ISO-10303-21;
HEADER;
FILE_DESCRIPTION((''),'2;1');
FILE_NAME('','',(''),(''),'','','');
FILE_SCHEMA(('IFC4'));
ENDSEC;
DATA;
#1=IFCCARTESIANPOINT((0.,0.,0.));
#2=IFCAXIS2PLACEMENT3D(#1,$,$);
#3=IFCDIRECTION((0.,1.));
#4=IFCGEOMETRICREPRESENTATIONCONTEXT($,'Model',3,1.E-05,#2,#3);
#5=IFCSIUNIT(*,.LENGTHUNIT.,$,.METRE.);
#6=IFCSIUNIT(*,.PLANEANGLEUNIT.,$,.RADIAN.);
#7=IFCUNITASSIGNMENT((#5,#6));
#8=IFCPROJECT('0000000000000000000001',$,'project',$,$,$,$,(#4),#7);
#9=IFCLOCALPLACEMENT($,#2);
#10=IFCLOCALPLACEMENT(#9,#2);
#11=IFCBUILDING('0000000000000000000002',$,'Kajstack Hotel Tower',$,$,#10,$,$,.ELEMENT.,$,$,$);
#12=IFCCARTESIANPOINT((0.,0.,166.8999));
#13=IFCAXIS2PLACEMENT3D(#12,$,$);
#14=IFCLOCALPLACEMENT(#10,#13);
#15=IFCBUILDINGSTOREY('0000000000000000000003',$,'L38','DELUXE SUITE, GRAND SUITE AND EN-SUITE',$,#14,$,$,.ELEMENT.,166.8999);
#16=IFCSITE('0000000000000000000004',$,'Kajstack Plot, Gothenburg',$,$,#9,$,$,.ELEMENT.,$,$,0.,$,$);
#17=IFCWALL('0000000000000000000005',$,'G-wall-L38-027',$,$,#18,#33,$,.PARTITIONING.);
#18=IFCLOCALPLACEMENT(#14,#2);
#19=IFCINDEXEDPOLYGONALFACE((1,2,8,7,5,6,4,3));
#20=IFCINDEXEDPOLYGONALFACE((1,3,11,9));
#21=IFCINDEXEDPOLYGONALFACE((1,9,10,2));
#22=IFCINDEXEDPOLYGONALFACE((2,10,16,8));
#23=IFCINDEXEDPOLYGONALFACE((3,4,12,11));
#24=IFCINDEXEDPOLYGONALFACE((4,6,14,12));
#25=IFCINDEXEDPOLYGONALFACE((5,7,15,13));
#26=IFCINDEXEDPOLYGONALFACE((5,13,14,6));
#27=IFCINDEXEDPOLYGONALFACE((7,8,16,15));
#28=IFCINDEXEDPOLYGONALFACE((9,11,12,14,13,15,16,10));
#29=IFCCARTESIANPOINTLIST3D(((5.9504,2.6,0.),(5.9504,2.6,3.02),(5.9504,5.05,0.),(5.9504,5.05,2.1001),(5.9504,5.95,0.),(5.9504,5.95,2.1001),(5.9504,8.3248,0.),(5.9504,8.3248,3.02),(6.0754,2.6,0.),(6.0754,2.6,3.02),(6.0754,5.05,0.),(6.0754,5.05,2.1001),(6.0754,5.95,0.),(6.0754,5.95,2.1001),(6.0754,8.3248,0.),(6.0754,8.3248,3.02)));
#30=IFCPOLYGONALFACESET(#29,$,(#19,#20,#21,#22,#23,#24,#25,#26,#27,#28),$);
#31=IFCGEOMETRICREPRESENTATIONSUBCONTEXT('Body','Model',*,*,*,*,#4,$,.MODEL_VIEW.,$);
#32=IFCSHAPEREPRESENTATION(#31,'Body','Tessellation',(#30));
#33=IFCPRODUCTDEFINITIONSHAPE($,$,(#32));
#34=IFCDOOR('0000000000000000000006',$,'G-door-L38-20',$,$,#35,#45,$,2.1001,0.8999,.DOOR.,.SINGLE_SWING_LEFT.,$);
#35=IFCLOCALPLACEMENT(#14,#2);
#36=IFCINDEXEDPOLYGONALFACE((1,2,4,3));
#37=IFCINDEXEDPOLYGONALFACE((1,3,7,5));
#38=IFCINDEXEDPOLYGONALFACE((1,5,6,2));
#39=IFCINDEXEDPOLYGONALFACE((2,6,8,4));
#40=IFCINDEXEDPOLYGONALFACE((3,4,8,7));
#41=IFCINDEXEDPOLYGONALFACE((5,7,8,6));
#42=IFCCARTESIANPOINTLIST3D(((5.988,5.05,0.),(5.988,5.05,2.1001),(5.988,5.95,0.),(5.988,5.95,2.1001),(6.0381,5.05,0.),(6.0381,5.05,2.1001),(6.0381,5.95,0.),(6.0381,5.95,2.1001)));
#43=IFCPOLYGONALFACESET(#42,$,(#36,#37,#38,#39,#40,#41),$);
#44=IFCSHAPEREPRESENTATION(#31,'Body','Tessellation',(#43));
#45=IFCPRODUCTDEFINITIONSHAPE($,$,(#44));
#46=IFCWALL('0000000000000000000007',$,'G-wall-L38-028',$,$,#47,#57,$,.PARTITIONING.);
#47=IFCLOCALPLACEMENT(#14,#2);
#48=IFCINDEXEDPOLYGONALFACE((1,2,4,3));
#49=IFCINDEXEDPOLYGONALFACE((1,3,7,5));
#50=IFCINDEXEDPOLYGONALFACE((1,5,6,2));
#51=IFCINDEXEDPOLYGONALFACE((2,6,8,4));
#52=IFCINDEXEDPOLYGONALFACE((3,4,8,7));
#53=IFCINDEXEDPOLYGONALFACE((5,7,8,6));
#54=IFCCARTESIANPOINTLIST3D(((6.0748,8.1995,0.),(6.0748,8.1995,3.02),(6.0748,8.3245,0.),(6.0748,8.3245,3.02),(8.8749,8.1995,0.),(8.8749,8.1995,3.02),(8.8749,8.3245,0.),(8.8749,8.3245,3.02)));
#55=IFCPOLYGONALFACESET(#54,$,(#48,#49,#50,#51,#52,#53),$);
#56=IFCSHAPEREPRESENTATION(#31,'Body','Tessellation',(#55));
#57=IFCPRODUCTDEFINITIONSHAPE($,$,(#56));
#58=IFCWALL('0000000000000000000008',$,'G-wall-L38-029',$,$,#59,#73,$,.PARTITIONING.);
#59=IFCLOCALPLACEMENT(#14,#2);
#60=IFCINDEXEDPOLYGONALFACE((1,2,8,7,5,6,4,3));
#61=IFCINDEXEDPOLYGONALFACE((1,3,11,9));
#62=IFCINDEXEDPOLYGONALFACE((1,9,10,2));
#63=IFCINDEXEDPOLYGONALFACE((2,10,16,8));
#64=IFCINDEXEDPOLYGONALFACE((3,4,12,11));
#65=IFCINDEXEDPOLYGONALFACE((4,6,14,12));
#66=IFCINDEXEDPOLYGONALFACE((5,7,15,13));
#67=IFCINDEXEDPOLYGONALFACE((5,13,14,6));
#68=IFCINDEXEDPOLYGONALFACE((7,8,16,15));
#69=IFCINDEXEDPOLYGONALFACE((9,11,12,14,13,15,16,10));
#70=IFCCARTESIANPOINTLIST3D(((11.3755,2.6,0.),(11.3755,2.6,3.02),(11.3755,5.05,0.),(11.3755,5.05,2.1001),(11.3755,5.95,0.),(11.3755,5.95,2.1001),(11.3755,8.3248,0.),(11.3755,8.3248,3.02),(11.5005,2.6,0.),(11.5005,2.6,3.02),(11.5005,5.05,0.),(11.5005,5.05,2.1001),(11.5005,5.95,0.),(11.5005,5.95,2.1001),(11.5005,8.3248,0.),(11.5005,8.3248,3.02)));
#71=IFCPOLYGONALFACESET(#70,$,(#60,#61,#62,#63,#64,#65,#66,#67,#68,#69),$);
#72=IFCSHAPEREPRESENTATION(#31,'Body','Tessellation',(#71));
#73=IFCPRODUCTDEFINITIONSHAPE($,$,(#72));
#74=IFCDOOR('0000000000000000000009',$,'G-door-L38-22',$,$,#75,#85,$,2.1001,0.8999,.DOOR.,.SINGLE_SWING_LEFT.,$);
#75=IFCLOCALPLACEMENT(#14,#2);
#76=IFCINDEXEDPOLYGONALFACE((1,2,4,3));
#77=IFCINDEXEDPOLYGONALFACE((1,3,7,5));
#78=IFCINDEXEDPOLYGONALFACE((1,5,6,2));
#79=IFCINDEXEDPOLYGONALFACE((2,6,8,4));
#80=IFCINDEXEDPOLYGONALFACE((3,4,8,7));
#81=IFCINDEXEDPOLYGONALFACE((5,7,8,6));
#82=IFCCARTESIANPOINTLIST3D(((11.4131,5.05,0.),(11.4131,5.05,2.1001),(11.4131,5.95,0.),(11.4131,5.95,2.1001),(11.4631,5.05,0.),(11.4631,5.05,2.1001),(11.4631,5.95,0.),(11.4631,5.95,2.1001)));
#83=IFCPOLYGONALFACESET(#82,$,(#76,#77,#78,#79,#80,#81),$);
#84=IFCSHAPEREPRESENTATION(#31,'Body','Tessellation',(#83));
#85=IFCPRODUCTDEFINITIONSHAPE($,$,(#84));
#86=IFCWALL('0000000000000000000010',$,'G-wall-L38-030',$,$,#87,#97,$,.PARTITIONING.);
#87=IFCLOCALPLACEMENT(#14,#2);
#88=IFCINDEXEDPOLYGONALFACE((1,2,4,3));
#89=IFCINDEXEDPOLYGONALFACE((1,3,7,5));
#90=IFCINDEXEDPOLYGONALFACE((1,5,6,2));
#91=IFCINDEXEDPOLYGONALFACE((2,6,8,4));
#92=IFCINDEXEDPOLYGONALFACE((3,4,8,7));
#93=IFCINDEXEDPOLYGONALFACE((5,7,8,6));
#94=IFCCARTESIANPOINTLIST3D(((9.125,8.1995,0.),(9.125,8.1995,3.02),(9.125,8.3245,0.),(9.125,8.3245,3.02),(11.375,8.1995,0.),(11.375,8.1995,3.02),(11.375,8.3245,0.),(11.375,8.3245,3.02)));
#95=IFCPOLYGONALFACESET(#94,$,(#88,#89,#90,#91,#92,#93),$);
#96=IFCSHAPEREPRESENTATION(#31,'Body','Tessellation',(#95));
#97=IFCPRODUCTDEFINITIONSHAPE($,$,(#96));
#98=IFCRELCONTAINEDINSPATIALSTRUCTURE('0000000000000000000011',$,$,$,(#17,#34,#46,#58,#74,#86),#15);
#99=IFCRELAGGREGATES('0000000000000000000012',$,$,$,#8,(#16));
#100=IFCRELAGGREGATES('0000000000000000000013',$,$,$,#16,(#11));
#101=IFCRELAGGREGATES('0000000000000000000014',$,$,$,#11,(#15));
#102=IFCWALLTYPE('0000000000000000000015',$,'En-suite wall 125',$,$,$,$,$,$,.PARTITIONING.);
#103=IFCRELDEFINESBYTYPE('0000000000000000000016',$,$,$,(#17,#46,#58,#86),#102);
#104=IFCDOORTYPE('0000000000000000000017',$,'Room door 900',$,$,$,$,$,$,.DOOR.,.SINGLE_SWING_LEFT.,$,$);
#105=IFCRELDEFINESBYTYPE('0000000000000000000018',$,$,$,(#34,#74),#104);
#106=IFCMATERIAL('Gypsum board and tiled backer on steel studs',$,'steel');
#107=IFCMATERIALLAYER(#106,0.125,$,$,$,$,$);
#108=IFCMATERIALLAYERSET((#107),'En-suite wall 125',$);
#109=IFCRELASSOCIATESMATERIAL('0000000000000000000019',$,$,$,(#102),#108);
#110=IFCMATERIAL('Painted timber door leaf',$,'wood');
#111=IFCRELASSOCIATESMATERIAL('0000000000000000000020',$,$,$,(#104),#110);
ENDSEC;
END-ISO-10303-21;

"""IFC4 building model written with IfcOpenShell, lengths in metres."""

from ifc_helpers import new_model, si_unit, direction, frame, frame_2d, origin, place, context, subcontext, project, spatial, rectangle, extrude, material, layer, layer_set, type_object, element, fill, save


model = new_model("IFC4")

# Units and contexts
model_context = context("Model", 3, precision=1e-05, world=origin(), true_north=direction((0.0, 1.0)))
body_context = subcontext(model_context, "Body", "Model", "MODEL_VIEW")
ifc_project = project(units=[si_unit("LENGTHUNIT", "METRE"), si_unit("PLANEANGLEUNIT", "RADIAN")], contexts=[model_context])

# Site, building, storey
site_placement = place(None, origin())
site = spatial("IfcSite", under=ifc_project, at=site_placement, Name="Kajstack Plot, Gothenburg", CompositionType="ELEMENT", RefElevation=0.0)
building_placement = place(site_placement, origin())
building = spatial("IfcBuilding", under=site, at=building_placement, Name="Kajstack Hotel Tower", CompositionType="ELEMENT")
storey_placement = place(building_placement, frame((0.0, 0.0, 166.8999)))
storey = spatial("IfcBuildingStorey", under=building, at=storey_placement, Name="L38", Description="DELUXE SUITE, GRAND SUITE AND EN-SUITE", CompositionType="ELEMENT", Elevation=166.8999)

# Wall, opening, door
ifc_material_1 = material(Name="Gypsum board and tiled backer on steel studs", Category="steel")
ifc_layer_1 = layer(ifc_material_1, 0.125)
ifc_layer_set_1 = layer_set([ifc_layer_1], Name="En-suite wall 125")
wall_type_1 = type_object("IfcWallType", Name="En-suite wall 125", PredefinedType="PARTITIONING", material=ifc_layer_set_1)
wall_1_placement = place(storey_placement, frame((6.0129, 2.6001, 0.0), z_axis=(0.0, 0.0, 1.0), x_axis=(0.0, 1.0, 0.0)))
wall_1 = element("IfcWall", 1, at=wall_1_placement, inside=storey, type_object=wall_type_1, Name="G-wall-L38-027", PredefinedType="PARTITIONING", context=body_context, shape_type="SweptSolid", body=[
    extrude(rectangle(XDim=5.7249, YDim=0.125, at=frame_2d((2.8623, 0.0))), origin(), (0.0, 0.0, 1.0), 3.02),
])
opening_1_placement = place(wall_1_placement, frame((2.45, 0.0, 0.0)))
opening_1 = element("IfcOpeningElement", 2, at=opening_1_placement, cuts=wall_1, PredefinedType="OPENING", context=body_context, shape_type="SweptSolid", body=[
    extrude(rectangle(XDim=0.8999, YDim=2.1001, at=frame_2d((0.45, 1.05))), frame((0.0, 0.0725, 0.0), z_axis=(0.0, -1.0, 0.0), x_axis=(1.0, 0.0, 0.0)), (0.0, 0.0, 1.0), 0.145),
])
ifc_material_2 = material(Name="Painted timber door leaf", Category="wood")
door_type_1 = type_object("IfcDoorType", Name="Room door 900", OperationType="SINGLE_SWING_LEFT", PredefinedType="DOOR", material=ifc_material_2)
door_1_placement = place(opening_1_placement, origin())
door_1 = element("IfcDoor", 3, at=door_1_placement, inside=storey, type_object=door_type_1, Name="G-door-L38-20", OperationType="SINGLE_SWING_LEFT", OverallHeight=2.1001, OverallWidth=0.8999, PredefinedType="DOOR", context=body_context, shape_type="SweptSolid", body=[
    extrude(rectangle(XDim=0.8999, YDim=2.1001, at=frame_2d((0.45, 1.05))), frame((0.0, 0.0249, 0.0), z_axis=(0.0, -1.0, 0.0), x_axis=(1.0, 0.0, 0.0)), (0.0, 0.0, 1.0), 0.05),
])
fill(opening_1, door_1)

# Wall
wall_2_placement = place(storey_placement, frame((6.075, 8.262, 0.0), z_axis=(0.0, 0.0, 1.0), x_axis=(1.0, 0.0, 0.0)))
element("IfcWall", 4, at=wall_2_placement, inside=storey, type_object=wall_type_1, Name="G-wall-L38-028", PredefinedType="PARTITIONING", context=body_context, shape_type="SweptSolid", body=[
    extrude(rectangle(XDim=2.8, YDim=0.125, at=frame_2d((1.3999, 0.0))), origin(), (0.0, 0.0, 1.0), 3.02),
])

# Wall, opening, door
wall_3_placement = place(storey_placement, frame((11.438, 2.6001, 0.0), z_axis=(0.0, 0.0, 1.0), x_axis=(0.0, 1.0, 0.0)))
wall_3 = element("IfcWall", 5, at=wall_3_placement, inside=storey, type_object=wall_type_1, Name="G-wall-L38-029", PredefinedType="PARTITIONING", context=body_context, shape_type="SweptSolid", body=[
    extrude(rectangle(XDim=5.7249, YDim=0.125, at=frame_2d((2.8623, 0.0))), origin(), (0.0, 0.0, 1.0), 3.02),
])
opening_2_placement = place(wall_3_placement, frame((2.45, 0.0, 0.0)))
opening_2 = element("IfcOpeningElement", 6, at=opening_2_placement, cuts=wall_3, PredefinedType="OPENING", context=body_context, shape_type="SweptSolid", body=[
    extrude(rectangle(XDim=0.8999, YDim=2.1001, at=frame_2d((0.45, 1.05))), frame((0.0, 0.0725, 0.0), z_axis=(0.0, -1.0, 0.0), x_axis=(1.0, 0.0, 0.0)), (0.0, 0.0, 1.0), 0.145),
])
door_2_placement = place(opening_2_placement, origin())
door_2 = element("IfcDoor", 7, at=door_2_placement, inside=storey, type_object=door_type_1, Name="G-door-L38-22", OperationType="SINGLE_SWING_LEFT", OverallHeight=2.1001, OverallWidth=0.8999, PredefinedType="DOOR", context=body_context, shape_type="SweptSolid", body=[
    extrude(rectangle(XDim=0.8999, YDim=2.1001, at=frame_2d((0.45, 1.05))), frame((0.0, 0.0249, 0.0), z_axis=(0.0, -1.0, 0.0), x_axis=(1.0, 0.0, 0.0)), (0.0, 0.0, 1.0), 0.05),
])
fill(opening_2, door_2)

# Wall
wall_4_placement = place(storey_placement, frame((9.125, 8.262, 0.0), z_axis=(0.0, 0.0, 1.0), x_axis=(1.0, 0.0, 0.0)))
element("IfcWall", 8, at=wall_4_placement, inside=storey, type_object=wall_type_1, Name="G-wall-L38-030", PredefinedType="PARTITIONING", context=body_context, shape_type="SweptSolid", body=[
    extrude(rectangle(XDim=2.25, YDim=0.125, at=frame_2d((1.125, 0.0))), origin(), (0.0, 0.0, 1.0), 3.02),
])

save(model, "model.ifc")
